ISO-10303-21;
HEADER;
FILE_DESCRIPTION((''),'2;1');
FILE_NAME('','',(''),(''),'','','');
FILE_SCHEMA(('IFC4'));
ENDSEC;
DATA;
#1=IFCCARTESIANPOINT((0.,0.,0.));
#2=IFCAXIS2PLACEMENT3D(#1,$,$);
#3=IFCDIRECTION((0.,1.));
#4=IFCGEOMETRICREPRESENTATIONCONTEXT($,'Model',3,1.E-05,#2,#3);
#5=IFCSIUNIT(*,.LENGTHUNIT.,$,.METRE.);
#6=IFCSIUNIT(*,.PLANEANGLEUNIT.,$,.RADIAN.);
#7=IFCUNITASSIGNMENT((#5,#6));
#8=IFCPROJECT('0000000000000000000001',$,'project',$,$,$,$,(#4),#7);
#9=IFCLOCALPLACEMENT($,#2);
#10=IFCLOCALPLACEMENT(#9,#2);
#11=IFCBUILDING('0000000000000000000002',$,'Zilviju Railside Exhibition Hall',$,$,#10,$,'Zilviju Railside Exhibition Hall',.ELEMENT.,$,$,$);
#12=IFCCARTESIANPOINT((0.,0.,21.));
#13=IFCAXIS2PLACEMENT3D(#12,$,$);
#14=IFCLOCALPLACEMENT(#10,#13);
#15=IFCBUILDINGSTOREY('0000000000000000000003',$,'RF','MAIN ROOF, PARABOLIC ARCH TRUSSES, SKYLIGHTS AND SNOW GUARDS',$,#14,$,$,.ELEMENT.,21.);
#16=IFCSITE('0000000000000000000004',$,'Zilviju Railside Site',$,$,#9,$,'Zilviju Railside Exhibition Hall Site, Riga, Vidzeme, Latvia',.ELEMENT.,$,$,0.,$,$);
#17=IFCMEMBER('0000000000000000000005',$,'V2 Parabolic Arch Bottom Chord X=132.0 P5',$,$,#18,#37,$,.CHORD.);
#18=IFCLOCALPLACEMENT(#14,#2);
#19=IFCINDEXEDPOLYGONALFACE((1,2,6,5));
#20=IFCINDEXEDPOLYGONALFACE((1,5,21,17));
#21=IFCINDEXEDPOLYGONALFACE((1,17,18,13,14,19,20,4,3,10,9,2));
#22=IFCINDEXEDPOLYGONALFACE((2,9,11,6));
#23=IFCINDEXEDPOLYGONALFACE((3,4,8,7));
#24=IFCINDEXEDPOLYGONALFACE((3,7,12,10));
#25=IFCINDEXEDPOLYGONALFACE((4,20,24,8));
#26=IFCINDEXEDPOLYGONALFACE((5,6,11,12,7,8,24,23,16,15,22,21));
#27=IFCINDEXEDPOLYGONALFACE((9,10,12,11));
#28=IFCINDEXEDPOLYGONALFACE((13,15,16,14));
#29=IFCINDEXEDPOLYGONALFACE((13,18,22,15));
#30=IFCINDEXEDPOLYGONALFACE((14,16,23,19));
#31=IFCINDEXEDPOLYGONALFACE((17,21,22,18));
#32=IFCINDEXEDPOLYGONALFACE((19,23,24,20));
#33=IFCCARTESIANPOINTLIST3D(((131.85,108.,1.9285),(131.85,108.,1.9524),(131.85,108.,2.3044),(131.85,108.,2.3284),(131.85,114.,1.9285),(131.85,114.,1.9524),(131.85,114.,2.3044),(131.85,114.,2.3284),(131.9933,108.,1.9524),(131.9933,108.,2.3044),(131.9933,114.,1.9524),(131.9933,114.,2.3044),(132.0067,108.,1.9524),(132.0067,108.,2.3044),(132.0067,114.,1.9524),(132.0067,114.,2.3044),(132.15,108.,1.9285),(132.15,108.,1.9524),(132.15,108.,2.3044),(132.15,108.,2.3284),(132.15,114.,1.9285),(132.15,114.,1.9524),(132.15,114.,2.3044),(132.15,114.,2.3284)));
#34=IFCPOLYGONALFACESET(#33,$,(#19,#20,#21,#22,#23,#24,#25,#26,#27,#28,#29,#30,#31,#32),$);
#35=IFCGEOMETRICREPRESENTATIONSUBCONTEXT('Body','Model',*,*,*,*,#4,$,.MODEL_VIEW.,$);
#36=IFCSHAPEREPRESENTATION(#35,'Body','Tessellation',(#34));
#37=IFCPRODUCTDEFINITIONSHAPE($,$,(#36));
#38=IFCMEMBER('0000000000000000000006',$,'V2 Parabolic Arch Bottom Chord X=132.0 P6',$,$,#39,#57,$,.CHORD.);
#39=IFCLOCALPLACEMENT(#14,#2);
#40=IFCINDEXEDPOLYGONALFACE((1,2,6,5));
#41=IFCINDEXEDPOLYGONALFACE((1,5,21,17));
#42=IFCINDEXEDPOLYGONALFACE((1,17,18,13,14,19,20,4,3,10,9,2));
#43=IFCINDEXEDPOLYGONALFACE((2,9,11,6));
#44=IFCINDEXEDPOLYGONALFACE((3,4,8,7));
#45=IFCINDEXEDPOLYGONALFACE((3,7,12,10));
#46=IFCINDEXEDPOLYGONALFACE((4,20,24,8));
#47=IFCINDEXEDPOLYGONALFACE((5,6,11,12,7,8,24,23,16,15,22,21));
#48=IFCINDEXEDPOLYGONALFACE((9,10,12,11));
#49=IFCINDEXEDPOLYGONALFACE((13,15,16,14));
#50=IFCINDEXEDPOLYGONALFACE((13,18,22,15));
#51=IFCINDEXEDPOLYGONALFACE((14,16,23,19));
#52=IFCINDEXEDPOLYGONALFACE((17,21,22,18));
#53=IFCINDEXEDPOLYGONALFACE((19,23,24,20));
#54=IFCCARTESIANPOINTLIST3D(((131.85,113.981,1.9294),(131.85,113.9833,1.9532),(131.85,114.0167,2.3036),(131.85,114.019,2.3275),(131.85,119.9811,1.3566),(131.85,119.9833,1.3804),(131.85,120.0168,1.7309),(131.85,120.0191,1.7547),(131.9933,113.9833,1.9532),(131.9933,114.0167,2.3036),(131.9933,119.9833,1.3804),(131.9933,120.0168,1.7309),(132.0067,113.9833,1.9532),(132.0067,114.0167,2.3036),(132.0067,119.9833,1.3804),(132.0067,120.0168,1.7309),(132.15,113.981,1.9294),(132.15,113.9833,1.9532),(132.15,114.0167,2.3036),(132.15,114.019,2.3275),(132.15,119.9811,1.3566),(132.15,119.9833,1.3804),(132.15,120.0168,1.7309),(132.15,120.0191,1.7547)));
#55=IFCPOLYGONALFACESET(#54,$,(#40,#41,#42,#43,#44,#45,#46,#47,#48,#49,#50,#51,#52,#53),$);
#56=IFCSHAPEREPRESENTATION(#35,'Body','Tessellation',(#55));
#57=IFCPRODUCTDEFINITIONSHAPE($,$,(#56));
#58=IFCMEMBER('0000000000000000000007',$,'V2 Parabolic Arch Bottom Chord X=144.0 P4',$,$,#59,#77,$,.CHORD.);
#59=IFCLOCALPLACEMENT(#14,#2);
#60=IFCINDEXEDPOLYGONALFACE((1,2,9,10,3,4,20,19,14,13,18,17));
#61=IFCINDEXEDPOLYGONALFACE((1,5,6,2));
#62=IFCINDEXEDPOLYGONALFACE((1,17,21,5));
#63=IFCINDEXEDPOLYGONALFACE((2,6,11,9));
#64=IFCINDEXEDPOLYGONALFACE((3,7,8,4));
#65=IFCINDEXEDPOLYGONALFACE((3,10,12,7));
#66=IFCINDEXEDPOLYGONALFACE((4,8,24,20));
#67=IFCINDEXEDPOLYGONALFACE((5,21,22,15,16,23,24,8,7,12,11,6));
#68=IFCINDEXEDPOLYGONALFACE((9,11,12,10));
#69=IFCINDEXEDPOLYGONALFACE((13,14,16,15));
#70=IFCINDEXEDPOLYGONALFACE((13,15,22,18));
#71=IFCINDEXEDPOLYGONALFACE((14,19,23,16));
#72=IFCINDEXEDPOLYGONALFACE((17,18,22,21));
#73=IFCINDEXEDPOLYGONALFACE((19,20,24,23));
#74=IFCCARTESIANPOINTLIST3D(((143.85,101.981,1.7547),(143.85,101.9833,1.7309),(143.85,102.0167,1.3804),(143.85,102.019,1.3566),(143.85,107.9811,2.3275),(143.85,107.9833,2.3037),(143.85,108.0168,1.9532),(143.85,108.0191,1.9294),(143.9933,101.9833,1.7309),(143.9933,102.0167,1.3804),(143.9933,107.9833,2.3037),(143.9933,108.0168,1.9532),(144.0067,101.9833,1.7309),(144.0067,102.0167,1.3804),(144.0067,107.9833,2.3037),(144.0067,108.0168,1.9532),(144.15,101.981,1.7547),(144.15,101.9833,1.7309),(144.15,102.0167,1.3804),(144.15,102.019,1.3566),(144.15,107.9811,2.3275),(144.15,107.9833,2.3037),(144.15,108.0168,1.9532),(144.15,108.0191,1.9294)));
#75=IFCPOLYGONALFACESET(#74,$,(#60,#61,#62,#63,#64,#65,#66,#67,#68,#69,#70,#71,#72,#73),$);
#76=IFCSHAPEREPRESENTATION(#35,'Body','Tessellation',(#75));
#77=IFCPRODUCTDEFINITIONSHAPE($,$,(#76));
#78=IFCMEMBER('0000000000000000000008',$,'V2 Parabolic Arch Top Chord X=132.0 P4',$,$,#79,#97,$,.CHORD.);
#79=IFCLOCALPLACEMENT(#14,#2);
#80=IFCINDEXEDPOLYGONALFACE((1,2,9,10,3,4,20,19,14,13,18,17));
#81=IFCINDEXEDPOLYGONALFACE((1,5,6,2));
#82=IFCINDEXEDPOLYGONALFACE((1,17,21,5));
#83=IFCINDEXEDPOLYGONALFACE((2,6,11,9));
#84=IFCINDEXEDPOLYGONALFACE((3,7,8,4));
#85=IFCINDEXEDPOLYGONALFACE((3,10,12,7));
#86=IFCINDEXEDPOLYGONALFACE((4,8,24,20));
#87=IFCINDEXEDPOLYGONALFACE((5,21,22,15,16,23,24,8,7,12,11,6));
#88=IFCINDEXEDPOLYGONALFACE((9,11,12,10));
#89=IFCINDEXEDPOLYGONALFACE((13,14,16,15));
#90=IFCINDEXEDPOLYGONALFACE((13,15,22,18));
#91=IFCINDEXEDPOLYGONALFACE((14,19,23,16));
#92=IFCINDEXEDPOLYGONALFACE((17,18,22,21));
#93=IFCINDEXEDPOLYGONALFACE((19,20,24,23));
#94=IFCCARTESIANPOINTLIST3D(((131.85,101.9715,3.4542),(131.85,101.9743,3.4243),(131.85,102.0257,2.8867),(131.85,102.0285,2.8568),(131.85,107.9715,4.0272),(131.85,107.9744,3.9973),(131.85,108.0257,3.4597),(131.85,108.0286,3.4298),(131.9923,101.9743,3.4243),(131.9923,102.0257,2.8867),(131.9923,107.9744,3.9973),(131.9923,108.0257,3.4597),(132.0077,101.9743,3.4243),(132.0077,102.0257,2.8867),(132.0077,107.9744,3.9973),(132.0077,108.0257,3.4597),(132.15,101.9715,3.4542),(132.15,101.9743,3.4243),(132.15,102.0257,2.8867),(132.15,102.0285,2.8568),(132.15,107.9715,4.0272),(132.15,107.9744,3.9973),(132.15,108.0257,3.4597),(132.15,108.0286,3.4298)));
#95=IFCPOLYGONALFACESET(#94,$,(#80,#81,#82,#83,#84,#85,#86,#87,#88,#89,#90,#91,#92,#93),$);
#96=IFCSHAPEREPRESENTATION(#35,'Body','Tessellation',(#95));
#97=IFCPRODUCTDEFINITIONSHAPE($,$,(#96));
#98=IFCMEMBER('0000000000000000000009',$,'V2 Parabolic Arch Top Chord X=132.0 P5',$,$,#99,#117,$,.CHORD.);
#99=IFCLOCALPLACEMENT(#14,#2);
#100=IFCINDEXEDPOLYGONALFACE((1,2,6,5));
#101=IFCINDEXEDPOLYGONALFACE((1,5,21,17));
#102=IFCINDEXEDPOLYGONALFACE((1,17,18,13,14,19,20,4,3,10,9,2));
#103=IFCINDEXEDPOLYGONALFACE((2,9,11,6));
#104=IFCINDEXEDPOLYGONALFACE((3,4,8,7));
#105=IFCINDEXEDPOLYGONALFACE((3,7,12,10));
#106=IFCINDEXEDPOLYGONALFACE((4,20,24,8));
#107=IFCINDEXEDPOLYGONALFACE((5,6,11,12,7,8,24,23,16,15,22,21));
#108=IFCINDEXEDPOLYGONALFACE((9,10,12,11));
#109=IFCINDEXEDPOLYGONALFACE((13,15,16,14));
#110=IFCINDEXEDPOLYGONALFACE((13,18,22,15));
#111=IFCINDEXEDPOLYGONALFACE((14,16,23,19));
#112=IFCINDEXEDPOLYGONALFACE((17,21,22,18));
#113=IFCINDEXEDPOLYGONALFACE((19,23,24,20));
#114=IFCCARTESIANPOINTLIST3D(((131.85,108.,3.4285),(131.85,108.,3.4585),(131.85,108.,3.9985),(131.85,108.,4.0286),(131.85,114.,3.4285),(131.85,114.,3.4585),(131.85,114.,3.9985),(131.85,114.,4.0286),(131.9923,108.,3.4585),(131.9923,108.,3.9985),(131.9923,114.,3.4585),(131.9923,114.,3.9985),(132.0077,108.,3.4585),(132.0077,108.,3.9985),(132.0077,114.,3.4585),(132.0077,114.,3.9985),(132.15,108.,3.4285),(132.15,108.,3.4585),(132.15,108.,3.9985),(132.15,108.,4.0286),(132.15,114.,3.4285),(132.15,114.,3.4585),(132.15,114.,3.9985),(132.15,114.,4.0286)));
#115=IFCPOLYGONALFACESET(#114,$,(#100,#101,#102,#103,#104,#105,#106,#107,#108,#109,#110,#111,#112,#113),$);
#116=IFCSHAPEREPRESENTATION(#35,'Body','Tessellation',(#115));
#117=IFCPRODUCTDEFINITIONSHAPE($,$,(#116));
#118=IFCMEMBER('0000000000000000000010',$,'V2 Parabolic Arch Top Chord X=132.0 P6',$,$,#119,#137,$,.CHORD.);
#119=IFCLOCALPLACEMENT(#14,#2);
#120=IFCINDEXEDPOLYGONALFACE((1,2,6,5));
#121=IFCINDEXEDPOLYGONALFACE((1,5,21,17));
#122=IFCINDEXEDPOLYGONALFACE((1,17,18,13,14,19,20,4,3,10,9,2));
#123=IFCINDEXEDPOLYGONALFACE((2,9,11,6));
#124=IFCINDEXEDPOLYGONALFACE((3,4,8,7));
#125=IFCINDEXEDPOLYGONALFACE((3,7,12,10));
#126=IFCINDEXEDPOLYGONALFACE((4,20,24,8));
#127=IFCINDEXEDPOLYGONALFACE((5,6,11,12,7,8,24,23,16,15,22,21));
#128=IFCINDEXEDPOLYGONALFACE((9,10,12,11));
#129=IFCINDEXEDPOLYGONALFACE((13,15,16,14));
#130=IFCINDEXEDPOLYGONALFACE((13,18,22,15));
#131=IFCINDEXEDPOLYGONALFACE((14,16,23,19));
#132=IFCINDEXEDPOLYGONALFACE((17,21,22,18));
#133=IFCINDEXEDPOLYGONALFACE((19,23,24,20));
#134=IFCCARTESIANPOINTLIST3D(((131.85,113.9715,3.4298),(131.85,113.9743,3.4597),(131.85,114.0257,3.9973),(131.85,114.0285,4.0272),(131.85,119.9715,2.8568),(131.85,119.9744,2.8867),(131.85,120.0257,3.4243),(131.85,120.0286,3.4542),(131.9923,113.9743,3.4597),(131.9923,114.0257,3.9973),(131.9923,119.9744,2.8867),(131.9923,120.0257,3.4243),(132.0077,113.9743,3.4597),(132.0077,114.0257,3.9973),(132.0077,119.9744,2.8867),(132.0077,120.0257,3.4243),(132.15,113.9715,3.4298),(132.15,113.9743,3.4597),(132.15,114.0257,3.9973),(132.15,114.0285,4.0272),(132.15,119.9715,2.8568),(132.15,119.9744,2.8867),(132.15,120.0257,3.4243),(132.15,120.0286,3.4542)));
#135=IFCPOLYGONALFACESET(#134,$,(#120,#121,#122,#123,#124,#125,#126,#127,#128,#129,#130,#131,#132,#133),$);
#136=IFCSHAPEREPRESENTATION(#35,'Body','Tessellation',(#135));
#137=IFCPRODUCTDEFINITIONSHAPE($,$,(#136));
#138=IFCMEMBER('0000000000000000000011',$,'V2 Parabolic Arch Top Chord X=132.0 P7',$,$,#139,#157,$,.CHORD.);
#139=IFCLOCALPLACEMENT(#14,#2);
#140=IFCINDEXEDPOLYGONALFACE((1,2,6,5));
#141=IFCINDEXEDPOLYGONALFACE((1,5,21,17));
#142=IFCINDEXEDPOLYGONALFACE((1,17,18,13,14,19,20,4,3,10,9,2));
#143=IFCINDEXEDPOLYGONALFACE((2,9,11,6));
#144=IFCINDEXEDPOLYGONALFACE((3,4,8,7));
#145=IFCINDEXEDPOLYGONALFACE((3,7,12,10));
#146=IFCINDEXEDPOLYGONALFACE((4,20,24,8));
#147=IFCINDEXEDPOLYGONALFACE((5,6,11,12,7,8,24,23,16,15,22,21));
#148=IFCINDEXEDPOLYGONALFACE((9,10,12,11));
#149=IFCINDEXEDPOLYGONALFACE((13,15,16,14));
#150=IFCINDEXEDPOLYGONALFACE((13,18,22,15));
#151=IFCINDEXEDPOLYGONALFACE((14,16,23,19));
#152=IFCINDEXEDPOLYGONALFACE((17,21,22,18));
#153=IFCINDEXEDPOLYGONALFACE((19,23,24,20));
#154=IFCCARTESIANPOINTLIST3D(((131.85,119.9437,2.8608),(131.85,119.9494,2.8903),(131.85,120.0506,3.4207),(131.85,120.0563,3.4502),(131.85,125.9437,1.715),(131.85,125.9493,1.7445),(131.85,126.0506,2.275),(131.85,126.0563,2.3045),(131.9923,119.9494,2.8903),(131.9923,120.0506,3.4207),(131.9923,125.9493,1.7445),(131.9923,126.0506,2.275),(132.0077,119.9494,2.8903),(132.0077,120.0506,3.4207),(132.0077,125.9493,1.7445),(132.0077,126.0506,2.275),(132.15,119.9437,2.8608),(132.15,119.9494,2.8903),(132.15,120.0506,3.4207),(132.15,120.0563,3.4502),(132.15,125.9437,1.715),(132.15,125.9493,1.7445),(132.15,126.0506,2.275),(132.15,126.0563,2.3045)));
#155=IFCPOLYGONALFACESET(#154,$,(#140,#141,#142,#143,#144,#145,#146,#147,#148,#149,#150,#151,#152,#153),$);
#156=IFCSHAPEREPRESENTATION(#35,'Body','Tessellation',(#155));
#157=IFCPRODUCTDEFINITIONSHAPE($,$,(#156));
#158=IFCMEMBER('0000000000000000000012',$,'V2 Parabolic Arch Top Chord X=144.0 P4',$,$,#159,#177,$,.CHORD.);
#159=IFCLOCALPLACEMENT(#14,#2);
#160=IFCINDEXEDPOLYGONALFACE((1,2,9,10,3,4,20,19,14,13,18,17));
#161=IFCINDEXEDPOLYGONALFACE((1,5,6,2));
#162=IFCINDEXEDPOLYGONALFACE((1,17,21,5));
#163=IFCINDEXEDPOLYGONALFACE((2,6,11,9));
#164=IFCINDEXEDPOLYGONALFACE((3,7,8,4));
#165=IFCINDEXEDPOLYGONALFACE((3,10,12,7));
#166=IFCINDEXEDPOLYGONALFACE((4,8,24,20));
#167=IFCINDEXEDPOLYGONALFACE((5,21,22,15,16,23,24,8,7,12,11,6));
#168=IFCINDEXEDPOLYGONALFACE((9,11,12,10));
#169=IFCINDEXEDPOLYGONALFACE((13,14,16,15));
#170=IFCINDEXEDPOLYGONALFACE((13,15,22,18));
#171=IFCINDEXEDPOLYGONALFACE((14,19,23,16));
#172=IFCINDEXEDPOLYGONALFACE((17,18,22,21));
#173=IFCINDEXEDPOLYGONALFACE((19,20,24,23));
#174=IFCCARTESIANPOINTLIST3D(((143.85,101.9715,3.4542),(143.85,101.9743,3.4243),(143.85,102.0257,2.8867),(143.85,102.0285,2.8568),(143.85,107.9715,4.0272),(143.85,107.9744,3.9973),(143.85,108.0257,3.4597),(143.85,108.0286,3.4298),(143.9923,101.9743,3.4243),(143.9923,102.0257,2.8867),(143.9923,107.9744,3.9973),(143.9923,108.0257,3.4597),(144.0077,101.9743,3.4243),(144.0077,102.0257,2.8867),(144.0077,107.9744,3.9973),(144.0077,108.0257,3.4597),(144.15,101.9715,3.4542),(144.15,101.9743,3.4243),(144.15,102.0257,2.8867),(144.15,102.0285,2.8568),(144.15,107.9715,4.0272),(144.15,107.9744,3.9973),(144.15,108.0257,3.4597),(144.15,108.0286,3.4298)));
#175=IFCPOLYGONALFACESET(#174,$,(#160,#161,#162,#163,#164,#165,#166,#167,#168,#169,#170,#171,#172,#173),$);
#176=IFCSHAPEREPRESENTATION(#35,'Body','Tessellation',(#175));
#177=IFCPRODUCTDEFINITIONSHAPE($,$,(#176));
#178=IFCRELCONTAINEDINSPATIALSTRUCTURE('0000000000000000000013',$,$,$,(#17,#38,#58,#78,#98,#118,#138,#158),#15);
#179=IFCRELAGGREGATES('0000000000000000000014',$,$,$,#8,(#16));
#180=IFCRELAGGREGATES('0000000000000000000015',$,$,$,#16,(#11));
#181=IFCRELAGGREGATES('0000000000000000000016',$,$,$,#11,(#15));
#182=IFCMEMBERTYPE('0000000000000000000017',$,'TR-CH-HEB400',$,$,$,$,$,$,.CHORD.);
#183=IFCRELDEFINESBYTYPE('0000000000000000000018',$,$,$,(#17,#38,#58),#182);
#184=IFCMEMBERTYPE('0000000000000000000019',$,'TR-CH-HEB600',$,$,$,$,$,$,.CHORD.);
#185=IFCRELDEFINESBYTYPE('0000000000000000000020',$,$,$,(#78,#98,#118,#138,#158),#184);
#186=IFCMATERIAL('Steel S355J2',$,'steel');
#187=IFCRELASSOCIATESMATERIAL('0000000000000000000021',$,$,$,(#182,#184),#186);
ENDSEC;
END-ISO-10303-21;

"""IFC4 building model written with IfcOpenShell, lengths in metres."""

from ifc_helpers import new_model, si_unit, direction, frame, origin, origin_2d, place, context, subcontext, project, spatial, i_section, extrude, material, material_profile, profile_set, type_object, element, save


model = new_model("IFC4")

# Units and contexts
model_context = context("Model", 3, precision=1e-05, world=origin(), true_north=direction((0.0, 1.0)))
body_context = subcontext(model_context, "Body", "Model", "MODEL_VIEW")
ifc_project = project(units=[si_unit("LENGTHUNIT", "METRE"), si_unit("PLANEANGLEUNIT", "RADIAN")], contexts=[model_context])

# Site, building, storey
site_placement = place(None, origin())
site = spatial("IfcSite", under=ifc_project, at=site_placement, Name="Zilviju Railside Site", LongName="Zilviju Railside Exhibition Hall Site, Riga, Vidzeme, Latvia", CompositionType="ELEMENT", RefElevation=0.0)
building_placement = place(site_placement, origin())
building = spatial("IfcBuilding", under=site, at=building_placement, Name="Zilviju Railside Exhibition Hall", LongName="Zilviju Railside Exhibition Hall", CompositionType="ELEMENT")
storey_placement = place(building_placement, frame((0.0, 0.0, 21.0)))
storey = spatial("IfcBuildingStorey", under=building, at=storey_placement, Name="RF", Description="MAIN ROOF, PARABOLIC ARCH TRUSSES, SKYLIGHTS AND SNOW GUARDS", CompositionType="ELEMENT", Elevation=21.0)

# Members
ifc_material_1 = material(Name="Steel S355J2", Category="steel")
ifc_material_profile_1 = material_profile(ifc_material_1, i_section(OverallWidth=0.3, OverallDepth=0.3999, WebThickness=0.0134, FlangeThickness=0.0239, at=origin_2d()), Name="HEB 400")
ifc_profile_set_1 = profile_set([ifc_material_profile_1], Name="Steel S355J2")
member_type_1 = type_object("IfcMemberType", Name="TR-CH-HEB400", PredefinedType="CHORD", material=ifc_profile_set_1)
member_1_placement = place(storey_placement, frame((132.0, 108.0, 2.1284), z_axis=(0.0, 1.0, 0.0), x_axis=(-1.0, 0.0, 0.0)))
element("IfcMember", 1, at=member_1_placement, inside=storey, type_object=member_type_1, Name="V2 Parabolic Arch Bottom Chord X=132.0 P5", PredefinedType="CHORD", context=body_context, shape_type="SweptSolid", body=[
    extrude(i_section(OverallWidth=0.3, OverallDepth=0.3999, WebThickness=0.0134, FlangeThickness=0.0239, at=origin_2d()), origin(), (0.0, 0.0, 1.0), 6.0),
])
for number, where, z_axis, x_axis, name in (
    (2, (132.0, 114.0, 2.1284), (0.0, 0.995475, -0.095027), (-1.0, 0.0, 0.0), "V2 Parabolic Arch Bottom Chord X=132.0 P6"),
    (3, (144.0, 102.0, 1.5557), (0.0, 0.995475, 0.095027), (-1.0, 0.0, 0.0), "V2 Parabolic Arch Bottom Chord X=144.0 P4"),
):
    element("IfcMember", number, at=place(storey_placement, frame(where, z_axis=z_axis, x_axis=x_axis)), inside=storey, type_object=member_type_1, Name=name, PredefinedType="CHORD", context=body_context, shape_type="SweptSolid", body=[
        extrude(i_section(OverallWidth=0.3, OverallDepth=0.3999, WebThickness=0.0134, FlangeThickness=0.0239, at=origin_2d()), origin(), (0.0, 0.0, 1.0), 6.0273),
    ])
ifc_material_profile_2 = material_profile(ifc_material_1, i_section(OverallWidth=0.3, OverallDepth=0.6001, WebThickness=0.0154, FlangeThickness=0.03, at=origin_2d()), Name="HEB 600")
ifc_profile_set_2 = profile_set([ifc_material_profile_2], Name="Steel S355J2")
member_type_2 = type_object("IfcMemberType", Name="TR-CH-HEB600", PredefinedType="CHORD", material=ifc_profile_set_2)
member_2_placement = place(storey_placement, frame((132.0, 102.0, 3.1555), z_axis=(0.0, 0.995471, 0.095067), x_axis=(-1.0, 0.0, 0.0)))
element("IfcMember", 4, at=member_2_placement, inside=storey, type_object=member_type_2, Name="V2 Parabolic Arch Top Chord X=132.0 P4", PredefinedType="CHORD", context=body_context, shape_type="SweptSolid", body=[
    extrude(i_section(OverallWidth=0.3, OverallDepth=0.6001, WebThickness=0.0154, FlangeThickness=0.03, at=origin_2d()), origin(), (0.0, 0.0, 1.0), 6.0273),
])
member_3_placement = place(storey_placement, frame((132.0, 108.0, 3.7285), z_axis=(0.0, 1.0, 0.0), x_axis=(-1.0, 0.0, 0.0)))
element("IfcMember", 5, at=member_3_placement, inside=storey, type_object=member_type_2, Name="V2 Parabolic Arch Top Chord X=132.0 P5", PredefinedType="CHORD", context=body_context, shape_type="SweptSolid", body=[
    extrude(i_section(OverallWidth=0.3, OverallDepth=0.6001, WebThickness=0.0154, FlangeThickness=0.03, at=origin_2d()), origin(), (0.0, 0.0, 1.0), 6.0),
])
member_4_placement = place(storey_placement, frame((132.0, 114.0, 3.7285), z_axis=(0.0, 0.995471, -0.095067), x_axis=(-1.0, 0.0, 0.0)))
element("IfcMember", 6, at=member_4_placement, inside=storey, type_object=member_type_2, Name="V2 Parabolic Arch Top Chord X=132.0 P6", PredefinedType="CHORD", context=body_context, shape_type="SweptSolid", body=[
    extrude(i_section(OverallWidth=0.3, OverallDepth=0.6001, WebThickness=0.0154, FlangeThickness=0.03, at=origin_2d()), origin(), (0.0, 0.0, 1.0), 6.0273),
])
member_5_placement = place(storey_placement, frame((132.0, 120.0, 3.1555), z_axis=(0.0, 0.982251, -0.187569), x_axis=(-1.0, 0.0, 0.0)))
element("IfcMember", 7, at=member_5_placement, inside=storey, type_object=member_type_2, Name="V2 Parabolic Arch Top Chord X=132.0 P7", PredefinedType="CHORD", context=body_context, shape_type="SweptSolid", body=[
    extrude(i_section(OverallWidth=0.3, OverallDepth=0.6001, WebThickness=0.0154, FlangeThickness=0.03, at=origin_2d()), origin(), (0.0, 0.0, 1.0), 6.1084),
])
member_6_placement = place(storey_placement, frame((144.0, 102.0, 3.1555), z_axis=(0.0, 0.995471, 0.095067), x_axis=(-1.0, 0.0, 0.0)))
element("IfcMember", 8, at=member_6_placement, inside=storey, type_object=member_type_2, Name="V2 Parabolic Arch Top Chord X=144.0 P4", PredefinedType="CHORD", context=body_context, shape_type="SweptSolid", body=[
    extrude(i_section(OverallWidth=0.3, OverallDepth=0.6001, WebThickness=0.0154, FlangeThickness=0.03, at=origin_2d()), origin(), (0.0, 0.0, 1.0), 6.0273),
])

save(model, "model.ifc")
